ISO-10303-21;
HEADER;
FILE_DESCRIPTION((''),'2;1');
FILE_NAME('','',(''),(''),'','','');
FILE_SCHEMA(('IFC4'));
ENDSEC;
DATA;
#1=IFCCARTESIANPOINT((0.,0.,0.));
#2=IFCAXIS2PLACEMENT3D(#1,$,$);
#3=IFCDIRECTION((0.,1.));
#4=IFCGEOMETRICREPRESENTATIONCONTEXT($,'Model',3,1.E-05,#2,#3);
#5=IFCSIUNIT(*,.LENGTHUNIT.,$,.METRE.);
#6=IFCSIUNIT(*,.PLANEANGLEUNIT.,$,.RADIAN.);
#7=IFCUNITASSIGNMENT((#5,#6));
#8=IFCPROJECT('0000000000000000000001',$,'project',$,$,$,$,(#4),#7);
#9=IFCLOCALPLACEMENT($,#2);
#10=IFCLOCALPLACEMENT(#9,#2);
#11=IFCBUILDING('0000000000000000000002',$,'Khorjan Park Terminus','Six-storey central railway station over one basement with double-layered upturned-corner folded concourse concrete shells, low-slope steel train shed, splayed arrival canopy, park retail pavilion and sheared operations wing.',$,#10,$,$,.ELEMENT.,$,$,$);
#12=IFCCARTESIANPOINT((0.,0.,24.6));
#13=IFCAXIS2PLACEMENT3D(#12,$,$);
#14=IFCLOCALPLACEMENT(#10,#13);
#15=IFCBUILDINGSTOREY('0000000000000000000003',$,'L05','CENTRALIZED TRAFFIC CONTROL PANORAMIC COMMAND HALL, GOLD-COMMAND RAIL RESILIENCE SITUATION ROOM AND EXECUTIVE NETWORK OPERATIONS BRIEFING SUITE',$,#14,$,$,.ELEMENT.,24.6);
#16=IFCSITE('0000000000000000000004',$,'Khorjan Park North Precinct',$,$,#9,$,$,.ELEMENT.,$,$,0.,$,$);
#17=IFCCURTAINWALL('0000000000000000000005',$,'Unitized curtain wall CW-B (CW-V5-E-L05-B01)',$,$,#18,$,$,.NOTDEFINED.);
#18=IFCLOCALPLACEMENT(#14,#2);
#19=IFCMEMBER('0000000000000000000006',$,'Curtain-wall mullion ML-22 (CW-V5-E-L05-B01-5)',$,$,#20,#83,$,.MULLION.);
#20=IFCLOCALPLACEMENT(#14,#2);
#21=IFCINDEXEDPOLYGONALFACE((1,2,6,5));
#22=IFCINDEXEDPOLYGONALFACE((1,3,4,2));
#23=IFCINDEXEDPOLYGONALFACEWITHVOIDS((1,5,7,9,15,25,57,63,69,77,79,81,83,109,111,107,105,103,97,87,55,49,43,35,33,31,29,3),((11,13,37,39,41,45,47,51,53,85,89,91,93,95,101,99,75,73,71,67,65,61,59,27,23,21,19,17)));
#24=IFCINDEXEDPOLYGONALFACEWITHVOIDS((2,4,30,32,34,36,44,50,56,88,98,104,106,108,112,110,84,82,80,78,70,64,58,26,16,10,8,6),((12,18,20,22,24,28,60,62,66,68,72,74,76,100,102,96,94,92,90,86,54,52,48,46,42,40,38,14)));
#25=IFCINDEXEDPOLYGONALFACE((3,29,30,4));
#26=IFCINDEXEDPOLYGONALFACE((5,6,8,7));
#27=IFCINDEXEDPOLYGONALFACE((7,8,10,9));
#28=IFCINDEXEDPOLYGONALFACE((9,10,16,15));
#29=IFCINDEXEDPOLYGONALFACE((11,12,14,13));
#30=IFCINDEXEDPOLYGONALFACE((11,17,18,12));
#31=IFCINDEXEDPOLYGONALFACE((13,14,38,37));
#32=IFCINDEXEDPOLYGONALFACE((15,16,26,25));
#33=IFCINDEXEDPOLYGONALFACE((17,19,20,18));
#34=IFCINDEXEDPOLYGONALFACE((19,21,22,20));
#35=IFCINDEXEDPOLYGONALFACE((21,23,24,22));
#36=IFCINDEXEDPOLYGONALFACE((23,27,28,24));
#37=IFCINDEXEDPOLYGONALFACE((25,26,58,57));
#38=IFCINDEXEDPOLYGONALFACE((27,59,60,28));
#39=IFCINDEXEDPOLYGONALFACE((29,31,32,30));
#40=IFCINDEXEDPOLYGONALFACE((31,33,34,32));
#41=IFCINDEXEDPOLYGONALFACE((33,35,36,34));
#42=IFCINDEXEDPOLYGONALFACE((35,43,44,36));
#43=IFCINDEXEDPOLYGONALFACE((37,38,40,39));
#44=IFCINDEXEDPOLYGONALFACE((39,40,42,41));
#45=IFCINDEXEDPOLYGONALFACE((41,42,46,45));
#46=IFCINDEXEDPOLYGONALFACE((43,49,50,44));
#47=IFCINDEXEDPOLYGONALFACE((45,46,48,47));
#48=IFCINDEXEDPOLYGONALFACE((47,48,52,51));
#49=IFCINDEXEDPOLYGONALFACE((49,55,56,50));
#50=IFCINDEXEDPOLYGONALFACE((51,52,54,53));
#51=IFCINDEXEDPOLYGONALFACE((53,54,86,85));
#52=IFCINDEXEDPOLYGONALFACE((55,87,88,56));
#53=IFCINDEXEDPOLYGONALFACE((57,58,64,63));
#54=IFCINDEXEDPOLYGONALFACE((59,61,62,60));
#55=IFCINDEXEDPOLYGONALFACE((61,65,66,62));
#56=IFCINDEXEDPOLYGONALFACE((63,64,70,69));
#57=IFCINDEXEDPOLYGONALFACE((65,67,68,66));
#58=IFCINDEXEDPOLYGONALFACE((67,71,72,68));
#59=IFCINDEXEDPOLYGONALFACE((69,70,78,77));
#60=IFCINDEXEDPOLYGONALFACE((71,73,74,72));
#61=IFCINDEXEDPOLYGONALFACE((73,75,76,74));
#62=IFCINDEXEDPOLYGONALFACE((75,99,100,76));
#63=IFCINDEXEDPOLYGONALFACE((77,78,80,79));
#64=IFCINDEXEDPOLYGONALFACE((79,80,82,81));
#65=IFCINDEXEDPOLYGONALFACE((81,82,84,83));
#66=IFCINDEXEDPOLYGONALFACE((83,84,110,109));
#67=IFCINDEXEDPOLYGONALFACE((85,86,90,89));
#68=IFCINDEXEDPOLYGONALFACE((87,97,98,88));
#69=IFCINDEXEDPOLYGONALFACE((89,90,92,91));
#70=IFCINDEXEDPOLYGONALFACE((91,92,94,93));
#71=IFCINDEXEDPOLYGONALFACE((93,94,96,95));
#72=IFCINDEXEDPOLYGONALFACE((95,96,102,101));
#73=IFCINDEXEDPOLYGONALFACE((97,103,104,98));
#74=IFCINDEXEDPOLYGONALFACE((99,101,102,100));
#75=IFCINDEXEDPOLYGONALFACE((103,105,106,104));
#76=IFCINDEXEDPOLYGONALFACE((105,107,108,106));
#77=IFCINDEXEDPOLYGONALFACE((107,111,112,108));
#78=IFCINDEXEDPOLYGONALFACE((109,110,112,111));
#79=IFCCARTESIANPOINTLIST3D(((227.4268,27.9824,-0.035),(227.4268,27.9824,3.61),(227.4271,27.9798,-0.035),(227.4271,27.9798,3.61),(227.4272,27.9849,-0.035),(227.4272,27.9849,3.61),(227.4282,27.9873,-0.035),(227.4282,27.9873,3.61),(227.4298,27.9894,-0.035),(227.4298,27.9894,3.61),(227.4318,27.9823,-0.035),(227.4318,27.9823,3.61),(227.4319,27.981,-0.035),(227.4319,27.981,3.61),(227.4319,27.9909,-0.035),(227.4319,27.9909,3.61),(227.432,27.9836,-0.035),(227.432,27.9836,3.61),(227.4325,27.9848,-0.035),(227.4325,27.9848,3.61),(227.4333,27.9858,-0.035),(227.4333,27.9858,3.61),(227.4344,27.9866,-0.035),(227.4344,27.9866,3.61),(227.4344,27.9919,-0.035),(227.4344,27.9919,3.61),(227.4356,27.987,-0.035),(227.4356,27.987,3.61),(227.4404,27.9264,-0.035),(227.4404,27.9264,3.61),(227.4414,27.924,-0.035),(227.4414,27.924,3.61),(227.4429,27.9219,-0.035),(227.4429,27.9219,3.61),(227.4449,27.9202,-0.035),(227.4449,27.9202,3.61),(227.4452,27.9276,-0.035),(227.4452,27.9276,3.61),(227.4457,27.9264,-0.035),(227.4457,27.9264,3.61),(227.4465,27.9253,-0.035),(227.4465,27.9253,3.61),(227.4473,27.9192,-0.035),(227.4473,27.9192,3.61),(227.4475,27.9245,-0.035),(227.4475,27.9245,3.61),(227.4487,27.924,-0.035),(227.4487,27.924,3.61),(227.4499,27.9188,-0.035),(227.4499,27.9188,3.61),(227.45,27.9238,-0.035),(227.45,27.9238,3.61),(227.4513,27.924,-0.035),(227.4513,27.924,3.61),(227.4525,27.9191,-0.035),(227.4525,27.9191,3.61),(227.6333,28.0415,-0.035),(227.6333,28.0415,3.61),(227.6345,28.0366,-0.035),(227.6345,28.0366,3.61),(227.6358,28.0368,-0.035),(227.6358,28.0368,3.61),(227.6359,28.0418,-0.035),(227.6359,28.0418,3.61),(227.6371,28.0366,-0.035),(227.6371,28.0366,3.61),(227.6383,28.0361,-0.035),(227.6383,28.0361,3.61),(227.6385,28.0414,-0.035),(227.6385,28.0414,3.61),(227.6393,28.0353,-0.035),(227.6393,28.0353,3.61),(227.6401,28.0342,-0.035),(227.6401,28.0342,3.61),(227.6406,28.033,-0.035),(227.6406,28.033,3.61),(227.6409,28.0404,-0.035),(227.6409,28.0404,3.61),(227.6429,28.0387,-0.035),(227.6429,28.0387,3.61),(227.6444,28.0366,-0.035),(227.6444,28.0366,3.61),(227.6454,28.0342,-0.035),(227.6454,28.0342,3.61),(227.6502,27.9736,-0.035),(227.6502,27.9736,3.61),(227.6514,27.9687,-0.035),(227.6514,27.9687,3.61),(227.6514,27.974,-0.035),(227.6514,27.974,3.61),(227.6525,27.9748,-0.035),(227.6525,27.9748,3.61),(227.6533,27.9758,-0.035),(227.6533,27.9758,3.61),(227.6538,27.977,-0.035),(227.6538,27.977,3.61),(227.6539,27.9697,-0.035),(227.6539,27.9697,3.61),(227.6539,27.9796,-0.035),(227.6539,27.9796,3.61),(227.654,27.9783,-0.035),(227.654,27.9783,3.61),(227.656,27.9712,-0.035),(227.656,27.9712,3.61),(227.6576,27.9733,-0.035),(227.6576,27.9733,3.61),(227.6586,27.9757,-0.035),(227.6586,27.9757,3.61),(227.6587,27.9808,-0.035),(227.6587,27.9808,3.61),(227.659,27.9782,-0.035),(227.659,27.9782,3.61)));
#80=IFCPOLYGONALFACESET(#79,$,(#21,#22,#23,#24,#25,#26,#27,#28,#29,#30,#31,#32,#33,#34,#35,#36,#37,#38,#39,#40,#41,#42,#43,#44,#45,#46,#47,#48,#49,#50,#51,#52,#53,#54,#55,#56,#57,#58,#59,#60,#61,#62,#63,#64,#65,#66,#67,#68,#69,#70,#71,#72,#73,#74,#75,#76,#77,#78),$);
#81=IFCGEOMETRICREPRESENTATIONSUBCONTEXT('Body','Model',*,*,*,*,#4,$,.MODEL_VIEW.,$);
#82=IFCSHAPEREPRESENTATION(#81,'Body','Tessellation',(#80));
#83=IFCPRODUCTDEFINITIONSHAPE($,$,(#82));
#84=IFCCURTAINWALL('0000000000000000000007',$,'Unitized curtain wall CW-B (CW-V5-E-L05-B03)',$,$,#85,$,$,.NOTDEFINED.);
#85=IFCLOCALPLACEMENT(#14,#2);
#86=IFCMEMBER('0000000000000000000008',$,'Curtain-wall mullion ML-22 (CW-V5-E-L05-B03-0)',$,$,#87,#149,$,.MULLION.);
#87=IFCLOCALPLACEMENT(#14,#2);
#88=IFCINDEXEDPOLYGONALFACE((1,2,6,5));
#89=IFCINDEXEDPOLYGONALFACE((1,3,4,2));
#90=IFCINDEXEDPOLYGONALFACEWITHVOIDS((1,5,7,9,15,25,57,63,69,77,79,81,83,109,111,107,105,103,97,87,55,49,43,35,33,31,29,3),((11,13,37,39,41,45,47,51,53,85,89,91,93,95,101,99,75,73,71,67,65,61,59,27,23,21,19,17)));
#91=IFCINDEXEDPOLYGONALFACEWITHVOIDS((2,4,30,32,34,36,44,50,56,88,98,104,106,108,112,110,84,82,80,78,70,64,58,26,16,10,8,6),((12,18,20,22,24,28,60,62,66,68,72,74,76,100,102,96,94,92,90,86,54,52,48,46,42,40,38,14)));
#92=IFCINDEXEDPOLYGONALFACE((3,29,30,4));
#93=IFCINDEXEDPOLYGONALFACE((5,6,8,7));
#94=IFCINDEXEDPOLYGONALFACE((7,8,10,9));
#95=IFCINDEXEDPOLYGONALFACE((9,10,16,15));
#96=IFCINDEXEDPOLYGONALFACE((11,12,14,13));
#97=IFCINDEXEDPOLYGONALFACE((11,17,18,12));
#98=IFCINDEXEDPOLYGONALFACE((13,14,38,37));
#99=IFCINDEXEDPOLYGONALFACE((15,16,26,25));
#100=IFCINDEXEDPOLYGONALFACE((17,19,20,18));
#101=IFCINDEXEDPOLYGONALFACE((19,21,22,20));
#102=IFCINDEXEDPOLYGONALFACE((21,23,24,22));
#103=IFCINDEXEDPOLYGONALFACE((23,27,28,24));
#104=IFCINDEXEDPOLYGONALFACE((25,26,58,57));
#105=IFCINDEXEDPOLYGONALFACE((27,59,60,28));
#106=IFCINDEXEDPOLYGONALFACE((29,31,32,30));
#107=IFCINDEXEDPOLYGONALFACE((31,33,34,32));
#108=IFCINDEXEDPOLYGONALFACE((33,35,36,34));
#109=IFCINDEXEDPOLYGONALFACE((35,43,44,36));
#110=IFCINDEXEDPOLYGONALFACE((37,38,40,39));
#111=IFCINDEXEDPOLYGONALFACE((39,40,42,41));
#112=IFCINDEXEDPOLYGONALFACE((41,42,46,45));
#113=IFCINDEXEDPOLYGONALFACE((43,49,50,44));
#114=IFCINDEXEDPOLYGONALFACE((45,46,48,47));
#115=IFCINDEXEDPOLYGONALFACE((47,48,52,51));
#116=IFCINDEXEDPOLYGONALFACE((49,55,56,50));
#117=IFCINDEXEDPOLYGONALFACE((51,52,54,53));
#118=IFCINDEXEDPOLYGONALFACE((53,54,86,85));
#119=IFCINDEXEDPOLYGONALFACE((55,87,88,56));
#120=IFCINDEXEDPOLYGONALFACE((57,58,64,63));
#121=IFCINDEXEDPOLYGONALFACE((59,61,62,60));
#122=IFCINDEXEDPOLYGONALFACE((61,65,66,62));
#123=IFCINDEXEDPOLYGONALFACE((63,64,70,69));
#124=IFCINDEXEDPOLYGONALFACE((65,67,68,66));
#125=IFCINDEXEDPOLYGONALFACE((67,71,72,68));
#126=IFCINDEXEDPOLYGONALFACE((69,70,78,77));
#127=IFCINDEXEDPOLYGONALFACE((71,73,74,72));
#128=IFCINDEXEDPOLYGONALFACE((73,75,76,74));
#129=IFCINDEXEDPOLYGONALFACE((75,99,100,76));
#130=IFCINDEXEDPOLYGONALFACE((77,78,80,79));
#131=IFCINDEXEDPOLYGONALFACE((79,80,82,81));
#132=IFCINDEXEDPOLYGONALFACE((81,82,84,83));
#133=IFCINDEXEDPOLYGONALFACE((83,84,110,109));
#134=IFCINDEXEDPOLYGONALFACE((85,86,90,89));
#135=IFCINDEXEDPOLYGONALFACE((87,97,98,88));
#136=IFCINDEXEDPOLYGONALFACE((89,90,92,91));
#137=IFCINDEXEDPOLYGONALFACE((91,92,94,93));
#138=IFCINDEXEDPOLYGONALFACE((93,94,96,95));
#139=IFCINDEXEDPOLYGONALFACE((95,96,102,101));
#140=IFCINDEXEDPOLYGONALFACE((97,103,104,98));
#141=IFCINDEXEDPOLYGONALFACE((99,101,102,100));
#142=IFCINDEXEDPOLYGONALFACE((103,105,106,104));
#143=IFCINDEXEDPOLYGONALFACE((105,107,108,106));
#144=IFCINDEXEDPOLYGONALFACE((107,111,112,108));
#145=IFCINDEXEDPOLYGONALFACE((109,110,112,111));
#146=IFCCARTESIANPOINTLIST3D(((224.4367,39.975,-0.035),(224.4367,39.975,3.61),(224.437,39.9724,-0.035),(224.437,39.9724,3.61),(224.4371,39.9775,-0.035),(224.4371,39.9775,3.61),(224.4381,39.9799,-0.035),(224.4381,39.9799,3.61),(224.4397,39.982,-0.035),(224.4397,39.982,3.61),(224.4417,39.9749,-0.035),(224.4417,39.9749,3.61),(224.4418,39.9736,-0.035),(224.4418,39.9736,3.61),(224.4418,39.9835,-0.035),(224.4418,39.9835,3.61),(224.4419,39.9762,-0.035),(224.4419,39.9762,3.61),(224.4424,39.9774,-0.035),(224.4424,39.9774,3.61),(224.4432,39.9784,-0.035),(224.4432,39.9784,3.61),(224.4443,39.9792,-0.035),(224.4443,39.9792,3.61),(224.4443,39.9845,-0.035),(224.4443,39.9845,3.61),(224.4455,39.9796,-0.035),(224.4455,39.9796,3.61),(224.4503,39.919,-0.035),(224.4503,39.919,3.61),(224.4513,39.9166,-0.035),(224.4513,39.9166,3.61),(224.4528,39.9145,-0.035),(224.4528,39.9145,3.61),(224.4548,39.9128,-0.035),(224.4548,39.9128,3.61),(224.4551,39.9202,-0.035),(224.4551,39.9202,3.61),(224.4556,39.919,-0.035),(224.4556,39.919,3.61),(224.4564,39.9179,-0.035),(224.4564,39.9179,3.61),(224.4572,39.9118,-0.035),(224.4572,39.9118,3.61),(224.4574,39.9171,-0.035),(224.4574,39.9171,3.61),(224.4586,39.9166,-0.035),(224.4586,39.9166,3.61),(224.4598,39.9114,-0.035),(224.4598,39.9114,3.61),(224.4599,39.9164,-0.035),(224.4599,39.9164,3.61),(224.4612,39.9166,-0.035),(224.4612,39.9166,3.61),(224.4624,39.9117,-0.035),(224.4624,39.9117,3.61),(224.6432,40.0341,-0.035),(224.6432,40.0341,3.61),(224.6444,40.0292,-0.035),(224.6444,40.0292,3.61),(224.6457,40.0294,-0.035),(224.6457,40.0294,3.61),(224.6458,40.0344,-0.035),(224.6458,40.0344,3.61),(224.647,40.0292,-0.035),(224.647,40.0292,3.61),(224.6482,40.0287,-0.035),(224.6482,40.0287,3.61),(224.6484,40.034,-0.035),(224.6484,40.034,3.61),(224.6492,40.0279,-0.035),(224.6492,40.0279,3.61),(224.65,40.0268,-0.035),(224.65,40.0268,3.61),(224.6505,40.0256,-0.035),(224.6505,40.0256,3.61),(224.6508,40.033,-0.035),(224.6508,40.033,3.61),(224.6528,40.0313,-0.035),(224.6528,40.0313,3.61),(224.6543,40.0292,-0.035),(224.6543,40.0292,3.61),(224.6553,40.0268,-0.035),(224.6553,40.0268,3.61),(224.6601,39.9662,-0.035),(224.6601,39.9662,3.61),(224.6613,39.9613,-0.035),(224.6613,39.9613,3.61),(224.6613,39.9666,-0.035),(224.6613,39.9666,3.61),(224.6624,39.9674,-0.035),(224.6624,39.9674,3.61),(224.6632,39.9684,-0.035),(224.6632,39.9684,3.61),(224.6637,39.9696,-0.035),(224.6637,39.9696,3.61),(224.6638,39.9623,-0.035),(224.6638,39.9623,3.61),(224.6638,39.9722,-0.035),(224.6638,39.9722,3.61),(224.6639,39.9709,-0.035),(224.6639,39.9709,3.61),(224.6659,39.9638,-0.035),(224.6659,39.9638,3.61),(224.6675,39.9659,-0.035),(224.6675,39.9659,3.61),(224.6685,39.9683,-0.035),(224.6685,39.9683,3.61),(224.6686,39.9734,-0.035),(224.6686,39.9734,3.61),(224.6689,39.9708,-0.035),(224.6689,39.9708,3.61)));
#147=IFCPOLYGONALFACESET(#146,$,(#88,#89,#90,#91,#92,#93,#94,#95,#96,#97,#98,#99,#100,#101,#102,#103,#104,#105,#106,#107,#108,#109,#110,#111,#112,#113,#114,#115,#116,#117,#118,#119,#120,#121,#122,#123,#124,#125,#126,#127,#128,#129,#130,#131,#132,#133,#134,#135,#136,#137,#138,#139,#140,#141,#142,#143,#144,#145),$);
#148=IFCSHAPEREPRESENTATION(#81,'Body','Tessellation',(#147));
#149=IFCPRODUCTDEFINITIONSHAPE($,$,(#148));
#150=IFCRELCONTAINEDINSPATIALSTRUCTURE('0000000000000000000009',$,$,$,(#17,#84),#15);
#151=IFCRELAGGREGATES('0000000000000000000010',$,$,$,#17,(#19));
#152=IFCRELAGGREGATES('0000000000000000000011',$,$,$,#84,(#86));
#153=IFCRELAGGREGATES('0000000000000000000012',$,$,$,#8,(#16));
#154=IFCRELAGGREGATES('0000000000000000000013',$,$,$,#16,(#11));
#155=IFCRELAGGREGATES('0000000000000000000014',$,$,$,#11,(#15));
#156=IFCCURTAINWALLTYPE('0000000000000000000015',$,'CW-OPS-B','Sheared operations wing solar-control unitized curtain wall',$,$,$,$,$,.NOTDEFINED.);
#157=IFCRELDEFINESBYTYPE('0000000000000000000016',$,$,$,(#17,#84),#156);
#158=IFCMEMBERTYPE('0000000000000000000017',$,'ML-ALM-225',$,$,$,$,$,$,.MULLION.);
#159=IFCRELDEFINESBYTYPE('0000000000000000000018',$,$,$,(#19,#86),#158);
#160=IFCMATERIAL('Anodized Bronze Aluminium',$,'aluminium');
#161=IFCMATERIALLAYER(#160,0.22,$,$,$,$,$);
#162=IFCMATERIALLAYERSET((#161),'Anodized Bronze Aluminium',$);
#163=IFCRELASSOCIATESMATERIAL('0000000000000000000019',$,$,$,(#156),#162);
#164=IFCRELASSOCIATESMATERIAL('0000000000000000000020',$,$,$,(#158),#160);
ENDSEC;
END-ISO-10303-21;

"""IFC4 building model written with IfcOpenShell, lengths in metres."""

from ifc_helpers import new_model, si_unit, direction, frame, origin, origin_2d, place, context, subcontext, project, spatial, hollow_rectangle, extrude, material, layer, layer_set, material_profile, profile_set, type_object, element, aggregate, save


model = new_model("IFC4")

# Units and contexts
model_context = context("Model", 3, precision=1e-05, world=origin(), true_north=direction((0.0, 1.0)))
body_context = subcontext(model_context, "Body", "Model", "MODEL_VIEW")
ifc_project = project(units=[si_unit("LENGTHUNIT", "METRE"), si_unit("PLANEANGLEUNIT", "RADIAN")], contexts=[model_context])

# Site, building, storey
site_placement = place(None, origin())
site = spatial("IfcSite", under=ifc_project, at=site_placement, Name="Khorjan Park North Precinct", CompositionType="ELEMENT", RefElevation=0.0)
building_placement = place(site_placement, origin())
building = spatial("IfcBuilding", under=site, at=building_placement, Name="Khorjan Park Terminus", Description="Six-storey central railway station over one basement with double-layered upturned-corner folded concourse concrete shells, low-slope steel train shed, splayed arrival canopy, park retail pavilion and sheared operations wing.", CompositionType="ELEMENT")
storey_placement = place(building_placement, frame((0.0, 0.0, 24.6)))
storey = spatial("IfcBuildingStorey", under=building, at=storey_placement, Name="L05", Description="CENTRALIZED TRAFFIC CONTROL PANORAMIC COMMAND HALL, GOLD-COMMAND RAIL RESILIENCE SITUATION ROOM AND EXECUTIVE NETWORK OPERATIONS BRIEFING SUITE", CompositionType="ELEMENT", Elevation=24.6)

# Curtain walls, members
ifc_material_1 = material(Name="Anodized Bronze Aluminium", Category="aluminium")
ifc_layer_1 = layer(ifc_material_1, 0.22)
ifc_layer_set_1 = layer_set([ifc_layer_1], Name="Anodized Bronze Aluminium")
curtain_wall_type = type_object("IfcCurtainWallType", Name="CW-OPS-B", Description="Sheared operations wing solar-control unitized curtain wall", PredefinedType="NOTDEFINED", material=ifc_layer_set_1)
curtain_wall_1_placement = place(storey_placement, origin())
curtain_wall_1 = element("IfcCurtainWall", 1, at=curtain_wall_1_placement, inside=storey, type_object=curtain_wall_type, Name="Unitized curtain wall CW-B (CW-V5-E-L05-B01)", PredefinedType="NOTDEFINED")
ifc_material_profile_1 = material_profile(ifc_material_1, hollow_rectangle(XDim=0.075, YDim=0.225, WallThickness=0.005, InnerFilletRadius=0.005, OuterFilletRadius=0.01, at=origin_2d()), Name="ALM 75x225x5")
ifc_profile_set_1 = profile_set([ifc_material_profile_1], Name="Anodized Bronze Aluminium")
member_type_1 = type_object("IfcMemberType", Name="ML-ALM-225", PredefinedType="MULLION", material=ifc_profile_set_1)
member_1_placement = place(storey_placement, frame((227.5429, 27.9803, -0.035), z_axis=(0.0, 0.0, 1.0), x_axis=(-0.24192, 0.970296, 0.0)))
member_1 = element("IfcMember", 2, at=member_1_placement, type_object=member_type_1, Name="Curtain-wall mullion ML-22 (CW-V5-E-L05-B01-5)", PredefinedType="MULLION", context=body_context, shape_type="SweptSolid", body=[
    extrude(hollow_rectangle(XDim=0.075, YDim=0.225, WallThickness=0.005, InnerFilletRadius=0.005, OuterFilletRadius=0.01, at=origin_2d()), origin(), (0.0, 0.0, 1.0), 3.645),
])
curtain_wall_2_placement = place(storey_placement, origin())
curtain_wall_2 = element("IfcCurtainWall", 3, at=curtain_wall_2_placement, inside=storey, type_object=curtain_wall_type, Name="Unitized curtain wall CW-B (CW-V5-E-L05-B03)", PredefinedType="NOTDEFINED")
member_2_placement = place(storey_placement, frame((224.5528, 39.9729, -0.035), z_axis=(0.0, 0.0, 1.0), x_axis=(-0.241923, 0.970295, 0.0)))
member_2 = element("IfcMember", 4, at=member_2_placement, type_object=member_type_1, Name="Curtain-wall mullion ML-22 (CW-V5-E-L05-B03-0)", PredefinedType="MULLION", context=body_context, shape_type="SweptSolid", body=[
    extrude(hollow_rectangle(XDim=0.075, YDim=0.225, WallThickness=0.005, InnerFilletRadius=0.005, OuterFilletRadius=0.01, at=origin_2d()), origin(), (0.0, 0.0, 1.0), 3.645),
])

aggregate(curtain_wall_1, [member_1])
aggregate(curtain_wall_2, [member_2])

save(model, "model.ifc")
